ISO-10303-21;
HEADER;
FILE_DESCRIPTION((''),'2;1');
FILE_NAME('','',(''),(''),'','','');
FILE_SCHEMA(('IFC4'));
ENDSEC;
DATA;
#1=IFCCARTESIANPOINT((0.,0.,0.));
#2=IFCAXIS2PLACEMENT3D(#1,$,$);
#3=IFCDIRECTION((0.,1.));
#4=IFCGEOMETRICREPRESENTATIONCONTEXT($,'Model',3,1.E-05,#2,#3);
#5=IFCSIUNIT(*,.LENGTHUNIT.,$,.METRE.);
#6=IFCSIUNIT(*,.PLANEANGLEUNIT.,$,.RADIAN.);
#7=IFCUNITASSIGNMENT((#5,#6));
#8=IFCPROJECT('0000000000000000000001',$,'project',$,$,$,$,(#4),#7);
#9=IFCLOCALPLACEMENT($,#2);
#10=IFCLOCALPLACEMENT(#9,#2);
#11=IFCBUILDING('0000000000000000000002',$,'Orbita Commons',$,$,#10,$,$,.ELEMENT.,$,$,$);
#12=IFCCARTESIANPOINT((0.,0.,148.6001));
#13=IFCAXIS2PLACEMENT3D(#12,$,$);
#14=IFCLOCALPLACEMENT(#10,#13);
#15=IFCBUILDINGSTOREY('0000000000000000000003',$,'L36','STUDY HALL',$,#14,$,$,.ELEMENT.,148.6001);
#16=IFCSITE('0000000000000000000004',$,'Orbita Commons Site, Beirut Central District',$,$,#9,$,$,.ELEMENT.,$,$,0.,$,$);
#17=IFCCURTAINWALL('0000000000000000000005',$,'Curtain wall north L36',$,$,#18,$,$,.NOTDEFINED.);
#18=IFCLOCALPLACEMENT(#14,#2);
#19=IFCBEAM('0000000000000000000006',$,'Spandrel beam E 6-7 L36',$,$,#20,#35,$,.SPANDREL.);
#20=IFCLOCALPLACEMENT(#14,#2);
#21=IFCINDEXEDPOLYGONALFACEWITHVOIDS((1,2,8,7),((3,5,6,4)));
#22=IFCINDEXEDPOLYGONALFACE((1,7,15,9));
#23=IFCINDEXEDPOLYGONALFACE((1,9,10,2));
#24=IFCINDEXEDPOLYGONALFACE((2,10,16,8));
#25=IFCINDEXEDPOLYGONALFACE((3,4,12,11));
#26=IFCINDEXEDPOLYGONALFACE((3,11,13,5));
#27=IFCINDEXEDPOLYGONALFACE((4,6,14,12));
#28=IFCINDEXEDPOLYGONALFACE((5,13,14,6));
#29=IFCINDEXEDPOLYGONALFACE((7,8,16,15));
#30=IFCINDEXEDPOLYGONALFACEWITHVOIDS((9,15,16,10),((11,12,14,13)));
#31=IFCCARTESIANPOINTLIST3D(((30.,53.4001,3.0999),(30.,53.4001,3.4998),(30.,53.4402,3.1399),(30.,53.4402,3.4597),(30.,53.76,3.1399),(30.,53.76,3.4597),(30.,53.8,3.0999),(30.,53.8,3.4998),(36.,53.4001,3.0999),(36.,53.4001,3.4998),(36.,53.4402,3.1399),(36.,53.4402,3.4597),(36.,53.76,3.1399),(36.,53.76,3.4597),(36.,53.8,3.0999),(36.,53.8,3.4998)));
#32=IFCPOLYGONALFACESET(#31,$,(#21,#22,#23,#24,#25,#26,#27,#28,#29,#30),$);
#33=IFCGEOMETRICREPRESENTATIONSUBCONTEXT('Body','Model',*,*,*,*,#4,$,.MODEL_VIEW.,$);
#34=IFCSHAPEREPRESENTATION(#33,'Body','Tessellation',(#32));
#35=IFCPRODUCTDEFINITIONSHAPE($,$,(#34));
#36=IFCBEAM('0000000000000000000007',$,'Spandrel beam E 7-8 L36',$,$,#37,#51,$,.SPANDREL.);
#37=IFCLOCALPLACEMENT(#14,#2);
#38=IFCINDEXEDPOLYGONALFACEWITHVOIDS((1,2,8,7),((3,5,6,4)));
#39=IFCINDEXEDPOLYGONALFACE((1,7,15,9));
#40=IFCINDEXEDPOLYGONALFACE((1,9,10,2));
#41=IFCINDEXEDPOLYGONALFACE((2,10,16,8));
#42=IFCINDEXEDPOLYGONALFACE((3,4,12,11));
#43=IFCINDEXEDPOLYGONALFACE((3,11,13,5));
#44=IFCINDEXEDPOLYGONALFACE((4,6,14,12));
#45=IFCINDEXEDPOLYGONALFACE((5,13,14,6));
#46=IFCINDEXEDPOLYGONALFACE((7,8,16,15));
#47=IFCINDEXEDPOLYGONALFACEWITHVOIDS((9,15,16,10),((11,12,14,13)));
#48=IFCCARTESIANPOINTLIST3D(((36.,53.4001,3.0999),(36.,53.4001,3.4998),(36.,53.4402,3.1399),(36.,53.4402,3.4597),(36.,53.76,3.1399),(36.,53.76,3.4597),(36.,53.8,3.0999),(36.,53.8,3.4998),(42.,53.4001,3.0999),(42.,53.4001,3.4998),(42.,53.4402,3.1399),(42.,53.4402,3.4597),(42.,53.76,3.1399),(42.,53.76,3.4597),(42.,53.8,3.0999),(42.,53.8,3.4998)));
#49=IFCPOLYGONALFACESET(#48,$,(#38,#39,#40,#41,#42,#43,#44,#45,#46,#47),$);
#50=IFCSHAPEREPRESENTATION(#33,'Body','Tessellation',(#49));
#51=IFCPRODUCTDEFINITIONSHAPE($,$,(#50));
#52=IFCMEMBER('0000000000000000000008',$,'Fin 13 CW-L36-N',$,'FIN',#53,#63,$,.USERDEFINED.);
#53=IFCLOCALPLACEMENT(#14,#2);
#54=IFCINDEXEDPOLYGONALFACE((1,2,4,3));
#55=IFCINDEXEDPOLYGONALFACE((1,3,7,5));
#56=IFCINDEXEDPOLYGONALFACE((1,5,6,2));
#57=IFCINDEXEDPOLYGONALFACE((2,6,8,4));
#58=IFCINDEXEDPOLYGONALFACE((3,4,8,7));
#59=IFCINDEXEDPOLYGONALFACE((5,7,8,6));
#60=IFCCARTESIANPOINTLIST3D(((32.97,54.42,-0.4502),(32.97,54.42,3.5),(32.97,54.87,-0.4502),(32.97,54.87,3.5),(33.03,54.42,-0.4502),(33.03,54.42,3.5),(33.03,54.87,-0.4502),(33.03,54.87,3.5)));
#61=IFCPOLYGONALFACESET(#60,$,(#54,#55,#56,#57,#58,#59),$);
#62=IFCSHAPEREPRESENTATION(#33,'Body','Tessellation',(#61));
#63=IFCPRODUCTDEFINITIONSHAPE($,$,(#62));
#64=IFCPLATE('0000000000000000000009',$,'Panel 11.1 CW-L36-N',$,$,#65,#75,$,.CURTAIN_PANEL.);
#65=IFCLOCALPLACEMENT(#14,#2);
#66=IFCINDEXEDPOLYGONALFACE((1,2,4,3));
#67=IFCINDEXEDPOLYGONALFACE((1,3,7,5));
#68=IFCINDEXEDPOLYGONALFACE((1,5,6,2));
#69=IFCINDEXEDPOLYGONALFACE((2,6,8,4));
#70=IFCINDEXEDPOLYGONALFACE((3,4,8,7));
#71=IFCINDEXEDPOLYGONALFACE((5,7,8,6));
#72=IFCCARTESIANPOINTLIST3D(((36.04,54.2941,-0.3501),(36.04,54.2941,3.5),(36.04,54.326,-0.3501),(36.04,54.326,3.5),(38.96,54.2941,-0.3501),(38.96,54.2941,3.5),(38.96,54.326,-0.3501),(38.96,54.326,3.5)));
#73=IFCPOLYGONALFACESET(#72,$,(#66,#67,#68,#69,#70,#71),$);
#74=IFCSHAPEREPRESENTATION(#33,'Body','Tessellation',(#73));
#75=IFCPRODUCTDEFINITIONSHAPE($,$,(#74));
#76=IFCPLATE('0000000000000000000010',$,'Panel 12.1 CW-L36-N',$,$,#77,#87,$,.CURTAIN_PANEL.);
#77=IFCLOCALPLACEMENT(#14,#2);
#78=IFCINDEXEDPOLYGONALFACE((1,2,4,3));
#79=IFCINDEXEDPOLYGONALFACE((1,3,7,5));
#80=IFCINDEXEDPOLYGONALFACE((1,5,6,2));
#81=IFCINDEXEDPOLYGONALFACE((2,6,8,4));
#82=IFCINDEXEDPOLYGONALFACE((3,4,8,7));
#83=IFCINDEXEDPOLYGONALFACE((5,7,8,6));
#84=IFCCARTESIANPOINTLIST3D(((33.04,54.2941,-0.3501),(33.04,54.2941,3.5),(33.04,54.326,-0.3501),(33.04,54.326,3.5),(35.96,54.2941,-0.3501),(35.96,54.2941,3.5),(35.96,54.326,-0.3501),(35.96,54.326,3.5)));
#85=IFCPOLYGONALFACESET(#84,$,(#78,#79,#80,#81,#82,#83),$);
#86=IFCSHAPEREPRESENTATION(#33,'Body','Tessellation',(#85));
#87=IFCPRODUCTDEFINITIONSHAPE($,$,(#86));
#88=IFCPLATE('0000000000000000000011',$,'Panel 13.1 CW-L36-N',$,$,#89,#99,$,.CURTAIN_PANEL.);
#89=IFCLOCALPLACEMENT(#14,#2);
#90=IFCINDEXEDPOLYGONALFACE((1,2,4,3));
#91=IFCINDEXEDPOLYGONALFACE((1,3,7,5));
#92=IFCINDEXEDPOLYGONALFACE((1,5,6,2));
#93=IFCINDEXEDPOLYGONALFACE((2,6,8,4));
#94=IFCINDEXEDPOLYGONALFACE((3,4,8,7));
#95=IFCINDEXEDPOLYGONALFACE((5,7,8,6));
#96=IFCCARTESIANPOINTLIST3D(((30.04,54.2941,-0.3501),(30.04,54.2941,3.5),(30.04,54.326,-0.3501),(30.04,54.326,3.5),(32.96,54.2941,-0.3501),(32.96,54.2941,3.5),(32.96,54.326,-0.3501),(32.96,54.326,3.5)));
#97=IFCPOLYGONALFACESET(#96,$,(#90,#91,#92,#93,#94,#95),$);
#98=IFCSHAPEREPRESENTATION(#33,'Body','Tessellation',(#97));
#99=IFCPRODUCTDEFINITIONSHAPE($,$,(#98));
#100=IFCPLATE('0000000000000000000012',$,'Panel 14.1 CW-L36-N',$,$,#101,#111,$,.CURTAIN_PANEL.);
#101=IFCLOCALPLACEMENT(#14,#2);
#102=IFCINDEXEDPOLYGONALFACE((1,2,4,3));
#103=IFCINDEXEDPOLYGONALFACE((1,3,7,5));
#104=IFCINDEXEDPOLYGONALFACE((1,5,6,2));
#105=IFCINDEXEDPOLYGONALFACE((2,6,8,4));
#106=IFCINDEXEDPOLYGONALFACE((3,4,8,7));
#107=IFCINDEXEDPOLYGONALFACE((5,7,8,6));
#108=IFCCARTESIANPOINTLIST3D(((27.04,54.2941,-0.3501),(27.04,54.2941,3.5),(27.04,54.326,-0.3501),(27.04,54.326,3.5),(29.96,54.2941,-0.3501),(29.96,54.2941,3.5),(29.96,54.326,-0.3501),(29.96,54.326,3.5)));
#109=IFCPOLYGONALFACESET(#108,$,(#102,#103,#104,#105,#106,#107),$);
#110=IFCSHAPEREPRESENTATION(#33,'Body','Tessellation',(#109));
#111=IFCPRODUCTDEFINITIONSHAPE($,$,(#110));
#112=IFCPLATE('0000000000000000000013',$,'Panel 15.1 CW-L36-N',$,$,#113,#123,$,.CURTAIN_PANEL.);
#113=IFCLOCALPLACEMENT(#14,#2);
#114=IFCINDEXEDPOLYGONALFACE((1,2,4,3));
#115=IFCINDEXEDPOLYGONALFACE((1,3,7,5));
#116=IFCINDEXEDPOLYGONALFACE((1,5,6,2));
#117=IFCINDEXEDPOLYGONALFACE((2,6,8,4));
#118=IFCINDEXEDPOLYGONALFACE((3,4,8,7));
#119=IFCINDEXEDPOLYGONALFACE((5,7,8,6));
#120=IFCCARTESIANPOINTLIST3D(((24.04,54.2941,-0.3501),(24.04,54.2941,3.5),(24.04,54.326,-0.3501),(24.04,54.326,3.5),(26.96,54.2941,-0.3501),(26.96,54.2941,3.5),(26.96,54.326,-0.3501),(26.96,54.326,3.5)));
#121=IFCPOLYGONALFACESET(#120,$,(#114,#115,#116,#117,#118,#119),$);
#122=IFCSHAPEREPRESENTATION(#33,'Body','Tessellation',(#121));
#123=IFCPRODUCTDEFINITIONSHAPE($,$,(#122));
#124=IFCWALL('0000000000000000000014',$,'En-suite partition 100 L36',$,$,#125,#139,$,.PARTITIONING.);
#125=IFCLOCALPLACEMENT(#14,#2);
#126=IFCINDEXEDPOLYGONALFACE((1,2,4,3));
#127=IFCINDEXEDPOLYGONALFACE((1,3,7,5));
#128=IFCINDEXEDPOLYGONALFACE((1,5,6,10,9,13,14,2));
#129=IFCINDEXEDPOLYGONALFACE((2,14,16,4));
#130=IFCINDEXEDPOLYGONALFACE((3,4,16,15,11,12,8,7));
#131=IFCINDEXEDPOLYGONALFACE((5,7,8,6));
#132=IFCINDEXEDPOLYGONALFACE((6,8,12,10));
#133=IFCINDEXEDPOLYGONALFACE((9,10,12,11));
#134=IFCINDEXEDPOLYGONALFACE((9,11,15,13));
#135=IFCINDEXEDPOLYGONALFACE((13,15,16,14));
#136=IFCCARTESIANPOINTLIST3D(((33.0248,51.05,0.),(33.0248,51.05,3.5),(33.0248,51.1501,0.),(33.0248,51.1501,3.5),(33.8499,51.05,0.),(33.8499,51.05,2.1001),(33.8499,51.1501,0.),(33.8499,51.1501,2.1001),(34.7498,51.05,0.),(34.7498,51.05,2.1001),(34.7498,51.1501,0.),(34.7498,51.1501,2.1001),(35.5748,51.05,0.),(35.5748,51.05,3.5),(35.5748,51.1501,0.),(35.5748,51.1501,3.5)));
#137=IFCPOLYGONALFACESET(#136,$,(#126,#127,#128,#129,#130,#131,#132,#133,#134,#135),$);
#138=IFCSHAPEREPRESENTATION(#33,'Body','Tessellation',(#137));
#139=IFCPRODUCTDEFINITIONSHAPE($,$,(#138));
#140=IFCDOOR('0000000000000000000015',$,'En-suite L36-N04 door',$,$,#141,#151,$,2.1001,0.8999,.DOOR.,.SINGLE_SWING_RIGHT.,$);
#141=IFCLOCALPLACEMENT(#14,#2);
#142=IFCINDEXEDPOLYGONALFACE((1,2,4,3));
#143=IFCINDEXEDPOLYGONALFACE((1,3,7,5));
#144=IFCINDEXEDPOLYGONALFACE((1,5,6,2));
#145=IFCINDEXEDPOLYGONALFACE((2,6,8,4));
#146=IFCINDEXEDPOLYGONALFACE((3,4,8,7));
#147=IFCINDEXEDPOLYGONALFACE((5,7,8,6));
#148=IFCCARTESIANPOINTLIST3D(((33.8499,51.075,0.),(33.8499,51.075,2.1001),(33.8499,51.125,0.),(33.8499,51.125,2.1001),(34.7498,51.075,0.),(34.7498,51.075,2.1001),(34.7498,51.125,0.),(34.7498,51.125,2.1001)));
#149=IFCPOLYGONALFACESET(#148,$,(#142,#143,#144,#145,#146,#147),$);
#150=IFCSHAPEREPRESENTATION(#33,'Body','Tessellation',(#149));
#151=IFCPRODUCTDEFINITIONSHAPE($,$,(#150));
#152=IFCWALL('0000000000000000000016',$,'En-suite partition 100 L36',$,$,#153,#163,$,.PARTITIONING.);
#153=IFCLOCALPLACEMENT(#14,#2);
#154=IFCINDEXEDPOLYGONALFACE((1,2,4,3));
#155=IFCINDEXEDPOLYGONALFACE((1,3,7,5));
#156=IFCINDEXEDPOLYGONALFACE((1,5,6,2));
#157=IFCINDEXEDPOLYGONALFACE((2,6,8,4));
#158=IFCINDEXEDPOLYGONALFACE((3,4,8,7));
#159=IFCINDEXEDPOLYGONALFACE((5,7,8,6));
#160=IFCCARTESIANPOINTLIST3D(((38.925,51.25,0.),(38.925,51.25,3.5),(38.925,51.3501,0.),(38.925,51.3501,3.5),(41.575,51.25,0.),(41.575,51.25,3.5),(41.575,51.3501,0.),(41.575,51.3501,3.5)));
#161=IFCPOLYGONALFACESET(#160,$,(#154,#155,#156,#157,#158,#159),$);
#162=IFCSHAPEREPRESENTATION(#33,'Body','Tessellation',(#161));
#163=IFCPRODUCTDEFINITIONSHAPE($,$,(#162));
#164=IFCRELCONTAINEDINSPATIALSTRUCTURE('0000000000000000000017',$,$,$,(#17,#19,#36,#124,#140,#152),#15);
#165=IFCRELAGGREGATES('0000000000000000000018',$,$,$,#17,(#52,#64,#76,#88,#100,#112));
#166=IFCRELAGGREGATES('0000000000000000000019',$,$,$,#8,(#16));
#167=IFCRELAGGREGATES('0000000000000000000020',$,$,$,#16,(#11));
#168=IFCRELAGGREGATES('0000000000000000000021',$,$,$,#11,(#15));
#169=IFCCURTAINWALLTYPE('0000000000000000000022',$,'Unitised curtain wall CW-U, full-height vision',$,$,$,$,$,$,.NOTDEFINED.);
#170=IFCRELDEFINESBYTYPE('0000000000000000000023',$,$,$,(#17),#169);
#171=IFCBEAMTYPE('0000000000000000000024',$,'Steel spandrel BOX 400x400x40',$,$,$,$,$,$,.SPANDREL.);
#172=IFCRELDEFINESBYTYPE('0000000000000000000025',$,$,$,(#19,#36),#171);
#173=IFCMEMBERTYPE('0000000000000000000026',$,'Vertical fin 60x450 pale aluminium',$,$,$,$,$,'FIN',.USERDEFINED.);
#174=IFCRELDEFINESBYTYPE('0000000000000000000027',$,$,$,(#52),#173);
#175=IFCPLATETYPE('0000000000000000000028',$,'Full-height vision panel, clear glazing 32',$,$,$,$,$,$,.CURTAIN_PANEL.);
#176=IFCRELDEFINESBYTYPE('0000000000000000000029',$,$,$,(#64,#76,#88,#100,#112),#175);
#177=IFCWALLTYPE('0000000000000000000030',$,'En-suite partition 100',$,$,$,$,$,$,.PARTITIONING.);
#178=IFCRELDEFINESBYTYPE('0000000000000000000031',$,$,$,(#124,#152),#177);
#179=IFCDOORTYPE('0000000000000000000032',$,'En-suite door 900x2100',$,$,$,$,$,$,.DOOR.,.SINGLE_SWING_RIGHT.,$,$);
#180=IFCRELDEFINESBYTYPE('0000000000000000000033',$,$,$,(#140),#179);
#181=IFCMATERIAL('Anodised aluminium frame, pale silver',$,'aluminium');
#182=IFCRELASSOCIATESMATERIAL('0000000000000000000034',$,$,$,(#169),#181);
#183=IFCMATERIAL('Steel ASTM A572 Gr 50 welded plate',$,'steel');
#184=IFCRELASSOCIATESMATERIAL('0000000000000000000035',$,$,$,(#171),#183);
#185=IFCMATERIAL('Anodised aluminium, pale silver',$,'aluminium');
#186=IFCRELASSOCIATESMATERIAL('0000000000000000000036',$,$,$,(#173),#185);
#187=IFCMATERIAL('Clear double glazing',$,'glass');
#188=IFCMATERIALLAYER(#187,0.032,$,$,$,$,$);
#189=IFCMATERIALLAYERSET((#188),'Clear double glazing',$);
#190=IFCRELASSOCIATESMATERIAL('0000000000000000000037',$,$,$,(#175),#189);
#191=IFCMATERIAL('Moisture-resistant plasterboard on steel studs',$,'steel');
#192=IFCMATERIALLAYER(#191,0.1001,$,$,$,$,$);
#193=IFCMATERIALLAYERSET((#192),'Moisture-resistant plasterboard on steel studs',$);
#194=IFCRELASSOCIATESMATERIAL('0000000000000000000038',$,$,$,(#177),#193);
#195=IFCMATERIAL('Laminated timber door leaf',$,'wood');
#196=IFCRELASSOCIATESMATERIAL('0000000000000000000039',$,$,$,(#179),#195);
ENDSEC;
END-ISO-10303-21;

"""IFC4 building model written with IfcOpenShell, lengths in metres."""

from ifc_helpers import new_model, si_unit, direction, frame, frame_2d, origin, origin_2d, place, context, subcontext, project, spatial, rectangle, hollow_rectangle, extrude, material, layer, layer_set, material_profile, profile_set, type_object, element, fill, aggregate, save


model = new_model("IFC4")

# Units and contexts
model_context = context("Model", 3, precision=1e-05, world=origin(), true_north=direction((0.0, 1.0)))
body_context = subcontext(model_context, "Body", "Model", "MODEL_VIEW")
ifc_project = project(units=[si_unit("LENGTHUNIT", "METRE"), si_unit("PLANEANGLEUNIT", "RADIAN")], contexts=[model_context])

# Site, building, storey
site_placement = place(None, origin())
site = spatial("IfcSite", under=ifc_project, at=site_placement, Name="Orbita Commons Site, Beirut Central District", CompositionType="ELEMENT", RefElevation=0.0)
building_placement = place(site_placement, origin())
building = spatial("IfcBuilding", under=site, at=building_placement, Name="Orbita Commons", CompositionType="ELEMENT")
storey_placement = place(building_placement, frame((0.0, 0.0, 148.6001)))
storey = spatial("IfcBuildingStorey", under=building, at=storey_placement, Name="L36", Description="STUDY HALL", CompositionType="ELEMENT", Elevation=148.6001)

# Curtain wall
ifc_material_1 = material(Name="Anodised aluminium frame, pale silver", Category="aluminium")
curtain_wall_type = type_object("IfcCurtainWallType", Name="Unitised curtain wall CW-U, full-height vision", PredefinedType="NOTDEFINED", material=ifc_material_1)
curtain_wall_placement = place(storey_placement, origin())
curtain_wall = element("IfcCurtainWall", 1, at=curtain_wall_placement, inside=storey, type_object=curtain_wall_type, Name="Curtain wall north L36", PredefinedType="NOTDEFINED")

# Beams
ifc_material_2 = material(Name="Steel ASTM A572 Gr 50 welded plate", Category="steel")
ifc_material_profile_1 = material_profile(ifc_material_2, hollow_rectangle(XDim=0.3999, YDim=0.3999, WallThickness=0.04, at=origin_2d()), Name="BOX 400x400x40")
ifc_profile_set_1 = profile_set([ifc_material_profile_1], Name="Steel ASTM A572 Gr 50 welded plate")
beam_type = type_object("IfcBeamType", Name="Steel spandrel BOX 400x400x40", PredefinedType="SPANDREL", material=ifc_profile_set_1)
for number, where, z_axis, x_axis, name in (
    (2, (30.0, 53.6001, 3.2998), (1.0, 0.0, 0.0), (0.0, 1.0, 0.0), "Spandrel beam E 6-7 L36"),
    (3, (36.0, 53.6001, 3.2998), (1.0, 0.0, 0.0), (0.0, 1.0, 0.0), "Spandrel beam E 7-8 L36"),
):
    element("IfcBeam", number, at=place(storey_placement, frame(where, z_axis=z_axis, x_axis=x_axis)), inside=storey, type_object=beam_type, Name=name, PredefinedType="SPANDREL", context=body_context, shape_type="SweptSolid", body=[
        extrude(hollow_rectangle(XDim=0.3999, YDim=0.3999, WallThickness=0.04, at=origin_2d()), origin(), (0.0, 0.0, 1.0), 6.0),
    ])

# Member
ifc_material_3 = material(Name="Anodised aluminium, pale silver", Category="aluminium")
ifc_material_profile_2 = material_profile(ifc_material_3, rectangle(XDim=0.0601, YDim=0.45, at=origin_2d()), Name="FIN 60x450")
ifc_profile_set_2 = profile_set([ifc_material_profile_2], Name="Anodised aluminium, pale silver")
member_type_1 = type_object("IfcMemberType", Name="Vertical fin 60x450 pale aluminium", ElementType="FIN", PredefinedType="USERDEFINED", material=ifc_profile_set_2)
member_1_placement = place(storey_placement, frame((33.0, 54.645, -0.4502), z_axis=(0.0, 0.0, 1.0), x_axis=(-1.0, 0.0, 0.0)))
member_1 = element("IfcMember", 4, at=member_1_placement, type_object=member_type_1, Name="Fin 13 CW-L36-N", ObjectType="FIN", PredefinedType="USERDEFINED", context=body_context, shape_type="SweptSolid", body=[
    extrude(rectangle(XDim=0.0601, YDim=0.45, at=origin_2d()), origin(), (0.0, 0.0, 1.0), 3.9502),
])

# Plates
ifc_material_4 = material(Name="Clear double glazing", Category="glass")
ifc_layer_1 = layer(ifc_material_4, 0.032)
ifc_layer_set_1 = layer_set([ifc_layer_1], Name="Clear double glazing")
plate_type = type_object("IfcPlateType", Name="Full-height vision panel, clear glazing 32", PredefinedType="CURTAIN_PANEL", material=ifc_layer_set_1)
plate_1_placement = place(storey_placement, frame((37.5, 54.3101, -0.3501), z_axis=(0.0, 0.0, 1.0), x_axis=(-1.0, 0.0, 0.0)))
plate_1 = element("IfcPlate", 5, at=plate_1_placement, type_object=plate_type, Name="Panel 11.1 CW-L36-N", PredefinedType="CURTAIN_PANEL", context=body_context, shape_type="SweptSolid", body=[
    extrude(rectangle(XDim=2.9199, YDim=0.032, at=origin_2d()), origin(), (0.0, 0.0, 1.0), 3.8501),
])
plate_2_placement = place(storey_placement, frame((34.5, 54.3101, -0.3501), z_axis=(0.0, 0.0, 1.0), x_axis=(-1.0, 0.0, 0.0)))
plate_2 = element("IfcPlate", 6, at=plate_2_placement, type_object=plate_type, Name="Panel 12.1 CW-L36-N", PredefinedType="CURTAIN_PANEL", context=body_context, shape_type="SweptSolid", body=[
    extrude(rectangle(XDim=2.9199, YDim=0.032, at=origin_2d()), origin(), (0.0, 0.0, 1.0), 3.8501),
])
plate_3_placement = place(storey_placement, frame((31.5, 54.3101, -0.3501), z_axis=(0.0, 0.0, 1.0), x_axis=(-1.0, 0.0, 0.0)))
plate_3 = element("IfcPlate", 7, at=plate_3_placement, type_object=plate_type, Name="Panel 13.1 CW-L36-N", PredefinedType="CURTAIN_PANEL", context=body_context, shape_type="SweptSolid", body=[
    extrude(rectangle(XDim=2.9199, YDim=0.032, at=origin_2d()), origin(), (0.0, 0.0, 1.0), 3.8501),
])
plate_4_placement = place(storey_placement, frame((28.5, 54.3101, -0.3501), z_axis=(0.0, 0.0, 1.0), x_axis=(-1.0, 0.0, 0.0)))
plate_4 = element("IfcPlate", 8, at=plate_4_placement, type_object=plate_type, Name="Panel 14.1 CW-L36-N", PredefinedType="CURTAIN_PANEL", context=body_context, shape_type="SweptSolid", body=[
    extrude(rectangle(XDim=2.9199, YDim=0.032, at=origin_2d()), origin(), (0.0, 0.0, 1.0), 3.8501),
])
plate_5_placement = place(storey_placement, frame((25.5, 54.3101, -0.3501), z_axis=(0.0, 0.0, 1.0), x_axis=(-1.0, 0.0, 0.0)))
plate_5 = element("IfcPlate", 9, at=plate_5_placement, type_object=plate_type, Name="Panel 15.1 CW-L36-N", PredefinedType="CURTAIN_PANEL", context=body_context, shape_type="SweptSolid", body=[
    extrude(rectangle(XDim=2.9199, YDim=0.032, at=origin_2d()), origin(), (0.0, 0.0, 1.0), 3.8501),
])
aggregate(curtain_wall, [member_1, plate_1, plate_2, plate_3, plate_4, plate_5])

# Wall, opening, door
ifc_material_5 = material(Name="Moisture-resistant plasterboard on steel studs", Category="steel")
ifc_layer_2 = layer(ifc_material_5, 0.1001)
ifc_layer_set_2 = layer_set([ifc_layer_2], Name="Moisture-resistant plasterboard on steel studs")
wall_type_1 = type_object("IfcWallType", Name="En-suite partition 100", PredefinedType="PARTITIONING", material=ifc_layer_set_2)
wall_1_placement = place(storey_placement, frame((33.0249, 51.1001, 0.0), z_axis=(0.0, 0.0, 1.0), x_axis=(1.0, 0.0, 0.0)))
wall_1 = element("IfcWall", 10, at=wall_1_placement, inside=storey, type_object=wall_type_1, Name="En-suite partition 100 L36", PredefinedType="PARTITIONING", context=body_context, shape_type="SweptSolid", body=[
    extrude(rectangle(XDim=2.55, YDim=0.1001, at=frame_2d((1.2749, 0.0))), origin(), (0.0, 0.0, 1.0), 3.5),
])
opening_1_placement = place(wall_1_placement, frame((0.825, 0.0, 0.0)))
opening_1 = element("IfcOpeningElement", 11, at=opening_1_placement, cuts=wall_1, PredefinedType="OPENING", context=body_context, shape_type="SweptSolid", body=[
    extrude(rectangle(XDim=0.8999, YDim=2.1001, at=frame_2d((0.45, 1.05))), frame((0.0, 0.0601, 0.0), z_axis=(0.0, -1.0, 0.0), x_axis=(1.0, 0.0, 0.0)), (0.0, 0.0, 1.0), 0.1201),
])
ifc_material_6 = material(Name="Laminated timber door leaf", Category="wood")
door_type_1 = type_object("IfcDoorType", Name="En-suite door 900x2100", OperationType="SINGLE_SWING_RIGHT", PredefinedType="DOOR", material=ifc_material_6)
door_1_placement = place(opening_1_placement, origin())
door_1 = element("IfcDoor", 12, at=door_1_placement, inside=storey, type_object=door_type_1, Name="En-suite L36-N04 door", OperationType="SINGLE_SWING_RIGHT", OverallHeight=2.1001, OverallWidth=0.8999, PredefinedType="DOOR", context=body_context, shape_type="SweptSolid", body=[
    extrude(rectangle(XDim=0.8999, YDim=2.1001, at=frame_2d((0.45, 1.05))), frame((0.0, 0.0249, 0.0), z_axis=(0.0, -1.0, 0.0), x_axis=(1.0, 0.0, 0.0)), (0.0, 0.0, 1.0), 0.05),
])
fill(opening_1, door_1)

# Wall
wall_2_placement = place(storey_placement, frame((38.925, 51.3, 0.0), z_axis=(0.0, 0.0, 1.0), x_axis=(1.0, 0.0, 0.0)))
element("IfcWall", 13, at=wall_2_placement, inside=storey, type_object=wall_type_1, Name="En-suite partition 100 L36", PredefinedType="PARTITIONING", context=body_context, shape_type="SweptSolid", body=[
    extrude(rectangle(XDim=2.6499, YDim=0.1001, at=frame_2d((1.325, 0.0))), origin(), (0.0, 0.0, 1.0), 3.5),
])

save(model, "model.ifc")
